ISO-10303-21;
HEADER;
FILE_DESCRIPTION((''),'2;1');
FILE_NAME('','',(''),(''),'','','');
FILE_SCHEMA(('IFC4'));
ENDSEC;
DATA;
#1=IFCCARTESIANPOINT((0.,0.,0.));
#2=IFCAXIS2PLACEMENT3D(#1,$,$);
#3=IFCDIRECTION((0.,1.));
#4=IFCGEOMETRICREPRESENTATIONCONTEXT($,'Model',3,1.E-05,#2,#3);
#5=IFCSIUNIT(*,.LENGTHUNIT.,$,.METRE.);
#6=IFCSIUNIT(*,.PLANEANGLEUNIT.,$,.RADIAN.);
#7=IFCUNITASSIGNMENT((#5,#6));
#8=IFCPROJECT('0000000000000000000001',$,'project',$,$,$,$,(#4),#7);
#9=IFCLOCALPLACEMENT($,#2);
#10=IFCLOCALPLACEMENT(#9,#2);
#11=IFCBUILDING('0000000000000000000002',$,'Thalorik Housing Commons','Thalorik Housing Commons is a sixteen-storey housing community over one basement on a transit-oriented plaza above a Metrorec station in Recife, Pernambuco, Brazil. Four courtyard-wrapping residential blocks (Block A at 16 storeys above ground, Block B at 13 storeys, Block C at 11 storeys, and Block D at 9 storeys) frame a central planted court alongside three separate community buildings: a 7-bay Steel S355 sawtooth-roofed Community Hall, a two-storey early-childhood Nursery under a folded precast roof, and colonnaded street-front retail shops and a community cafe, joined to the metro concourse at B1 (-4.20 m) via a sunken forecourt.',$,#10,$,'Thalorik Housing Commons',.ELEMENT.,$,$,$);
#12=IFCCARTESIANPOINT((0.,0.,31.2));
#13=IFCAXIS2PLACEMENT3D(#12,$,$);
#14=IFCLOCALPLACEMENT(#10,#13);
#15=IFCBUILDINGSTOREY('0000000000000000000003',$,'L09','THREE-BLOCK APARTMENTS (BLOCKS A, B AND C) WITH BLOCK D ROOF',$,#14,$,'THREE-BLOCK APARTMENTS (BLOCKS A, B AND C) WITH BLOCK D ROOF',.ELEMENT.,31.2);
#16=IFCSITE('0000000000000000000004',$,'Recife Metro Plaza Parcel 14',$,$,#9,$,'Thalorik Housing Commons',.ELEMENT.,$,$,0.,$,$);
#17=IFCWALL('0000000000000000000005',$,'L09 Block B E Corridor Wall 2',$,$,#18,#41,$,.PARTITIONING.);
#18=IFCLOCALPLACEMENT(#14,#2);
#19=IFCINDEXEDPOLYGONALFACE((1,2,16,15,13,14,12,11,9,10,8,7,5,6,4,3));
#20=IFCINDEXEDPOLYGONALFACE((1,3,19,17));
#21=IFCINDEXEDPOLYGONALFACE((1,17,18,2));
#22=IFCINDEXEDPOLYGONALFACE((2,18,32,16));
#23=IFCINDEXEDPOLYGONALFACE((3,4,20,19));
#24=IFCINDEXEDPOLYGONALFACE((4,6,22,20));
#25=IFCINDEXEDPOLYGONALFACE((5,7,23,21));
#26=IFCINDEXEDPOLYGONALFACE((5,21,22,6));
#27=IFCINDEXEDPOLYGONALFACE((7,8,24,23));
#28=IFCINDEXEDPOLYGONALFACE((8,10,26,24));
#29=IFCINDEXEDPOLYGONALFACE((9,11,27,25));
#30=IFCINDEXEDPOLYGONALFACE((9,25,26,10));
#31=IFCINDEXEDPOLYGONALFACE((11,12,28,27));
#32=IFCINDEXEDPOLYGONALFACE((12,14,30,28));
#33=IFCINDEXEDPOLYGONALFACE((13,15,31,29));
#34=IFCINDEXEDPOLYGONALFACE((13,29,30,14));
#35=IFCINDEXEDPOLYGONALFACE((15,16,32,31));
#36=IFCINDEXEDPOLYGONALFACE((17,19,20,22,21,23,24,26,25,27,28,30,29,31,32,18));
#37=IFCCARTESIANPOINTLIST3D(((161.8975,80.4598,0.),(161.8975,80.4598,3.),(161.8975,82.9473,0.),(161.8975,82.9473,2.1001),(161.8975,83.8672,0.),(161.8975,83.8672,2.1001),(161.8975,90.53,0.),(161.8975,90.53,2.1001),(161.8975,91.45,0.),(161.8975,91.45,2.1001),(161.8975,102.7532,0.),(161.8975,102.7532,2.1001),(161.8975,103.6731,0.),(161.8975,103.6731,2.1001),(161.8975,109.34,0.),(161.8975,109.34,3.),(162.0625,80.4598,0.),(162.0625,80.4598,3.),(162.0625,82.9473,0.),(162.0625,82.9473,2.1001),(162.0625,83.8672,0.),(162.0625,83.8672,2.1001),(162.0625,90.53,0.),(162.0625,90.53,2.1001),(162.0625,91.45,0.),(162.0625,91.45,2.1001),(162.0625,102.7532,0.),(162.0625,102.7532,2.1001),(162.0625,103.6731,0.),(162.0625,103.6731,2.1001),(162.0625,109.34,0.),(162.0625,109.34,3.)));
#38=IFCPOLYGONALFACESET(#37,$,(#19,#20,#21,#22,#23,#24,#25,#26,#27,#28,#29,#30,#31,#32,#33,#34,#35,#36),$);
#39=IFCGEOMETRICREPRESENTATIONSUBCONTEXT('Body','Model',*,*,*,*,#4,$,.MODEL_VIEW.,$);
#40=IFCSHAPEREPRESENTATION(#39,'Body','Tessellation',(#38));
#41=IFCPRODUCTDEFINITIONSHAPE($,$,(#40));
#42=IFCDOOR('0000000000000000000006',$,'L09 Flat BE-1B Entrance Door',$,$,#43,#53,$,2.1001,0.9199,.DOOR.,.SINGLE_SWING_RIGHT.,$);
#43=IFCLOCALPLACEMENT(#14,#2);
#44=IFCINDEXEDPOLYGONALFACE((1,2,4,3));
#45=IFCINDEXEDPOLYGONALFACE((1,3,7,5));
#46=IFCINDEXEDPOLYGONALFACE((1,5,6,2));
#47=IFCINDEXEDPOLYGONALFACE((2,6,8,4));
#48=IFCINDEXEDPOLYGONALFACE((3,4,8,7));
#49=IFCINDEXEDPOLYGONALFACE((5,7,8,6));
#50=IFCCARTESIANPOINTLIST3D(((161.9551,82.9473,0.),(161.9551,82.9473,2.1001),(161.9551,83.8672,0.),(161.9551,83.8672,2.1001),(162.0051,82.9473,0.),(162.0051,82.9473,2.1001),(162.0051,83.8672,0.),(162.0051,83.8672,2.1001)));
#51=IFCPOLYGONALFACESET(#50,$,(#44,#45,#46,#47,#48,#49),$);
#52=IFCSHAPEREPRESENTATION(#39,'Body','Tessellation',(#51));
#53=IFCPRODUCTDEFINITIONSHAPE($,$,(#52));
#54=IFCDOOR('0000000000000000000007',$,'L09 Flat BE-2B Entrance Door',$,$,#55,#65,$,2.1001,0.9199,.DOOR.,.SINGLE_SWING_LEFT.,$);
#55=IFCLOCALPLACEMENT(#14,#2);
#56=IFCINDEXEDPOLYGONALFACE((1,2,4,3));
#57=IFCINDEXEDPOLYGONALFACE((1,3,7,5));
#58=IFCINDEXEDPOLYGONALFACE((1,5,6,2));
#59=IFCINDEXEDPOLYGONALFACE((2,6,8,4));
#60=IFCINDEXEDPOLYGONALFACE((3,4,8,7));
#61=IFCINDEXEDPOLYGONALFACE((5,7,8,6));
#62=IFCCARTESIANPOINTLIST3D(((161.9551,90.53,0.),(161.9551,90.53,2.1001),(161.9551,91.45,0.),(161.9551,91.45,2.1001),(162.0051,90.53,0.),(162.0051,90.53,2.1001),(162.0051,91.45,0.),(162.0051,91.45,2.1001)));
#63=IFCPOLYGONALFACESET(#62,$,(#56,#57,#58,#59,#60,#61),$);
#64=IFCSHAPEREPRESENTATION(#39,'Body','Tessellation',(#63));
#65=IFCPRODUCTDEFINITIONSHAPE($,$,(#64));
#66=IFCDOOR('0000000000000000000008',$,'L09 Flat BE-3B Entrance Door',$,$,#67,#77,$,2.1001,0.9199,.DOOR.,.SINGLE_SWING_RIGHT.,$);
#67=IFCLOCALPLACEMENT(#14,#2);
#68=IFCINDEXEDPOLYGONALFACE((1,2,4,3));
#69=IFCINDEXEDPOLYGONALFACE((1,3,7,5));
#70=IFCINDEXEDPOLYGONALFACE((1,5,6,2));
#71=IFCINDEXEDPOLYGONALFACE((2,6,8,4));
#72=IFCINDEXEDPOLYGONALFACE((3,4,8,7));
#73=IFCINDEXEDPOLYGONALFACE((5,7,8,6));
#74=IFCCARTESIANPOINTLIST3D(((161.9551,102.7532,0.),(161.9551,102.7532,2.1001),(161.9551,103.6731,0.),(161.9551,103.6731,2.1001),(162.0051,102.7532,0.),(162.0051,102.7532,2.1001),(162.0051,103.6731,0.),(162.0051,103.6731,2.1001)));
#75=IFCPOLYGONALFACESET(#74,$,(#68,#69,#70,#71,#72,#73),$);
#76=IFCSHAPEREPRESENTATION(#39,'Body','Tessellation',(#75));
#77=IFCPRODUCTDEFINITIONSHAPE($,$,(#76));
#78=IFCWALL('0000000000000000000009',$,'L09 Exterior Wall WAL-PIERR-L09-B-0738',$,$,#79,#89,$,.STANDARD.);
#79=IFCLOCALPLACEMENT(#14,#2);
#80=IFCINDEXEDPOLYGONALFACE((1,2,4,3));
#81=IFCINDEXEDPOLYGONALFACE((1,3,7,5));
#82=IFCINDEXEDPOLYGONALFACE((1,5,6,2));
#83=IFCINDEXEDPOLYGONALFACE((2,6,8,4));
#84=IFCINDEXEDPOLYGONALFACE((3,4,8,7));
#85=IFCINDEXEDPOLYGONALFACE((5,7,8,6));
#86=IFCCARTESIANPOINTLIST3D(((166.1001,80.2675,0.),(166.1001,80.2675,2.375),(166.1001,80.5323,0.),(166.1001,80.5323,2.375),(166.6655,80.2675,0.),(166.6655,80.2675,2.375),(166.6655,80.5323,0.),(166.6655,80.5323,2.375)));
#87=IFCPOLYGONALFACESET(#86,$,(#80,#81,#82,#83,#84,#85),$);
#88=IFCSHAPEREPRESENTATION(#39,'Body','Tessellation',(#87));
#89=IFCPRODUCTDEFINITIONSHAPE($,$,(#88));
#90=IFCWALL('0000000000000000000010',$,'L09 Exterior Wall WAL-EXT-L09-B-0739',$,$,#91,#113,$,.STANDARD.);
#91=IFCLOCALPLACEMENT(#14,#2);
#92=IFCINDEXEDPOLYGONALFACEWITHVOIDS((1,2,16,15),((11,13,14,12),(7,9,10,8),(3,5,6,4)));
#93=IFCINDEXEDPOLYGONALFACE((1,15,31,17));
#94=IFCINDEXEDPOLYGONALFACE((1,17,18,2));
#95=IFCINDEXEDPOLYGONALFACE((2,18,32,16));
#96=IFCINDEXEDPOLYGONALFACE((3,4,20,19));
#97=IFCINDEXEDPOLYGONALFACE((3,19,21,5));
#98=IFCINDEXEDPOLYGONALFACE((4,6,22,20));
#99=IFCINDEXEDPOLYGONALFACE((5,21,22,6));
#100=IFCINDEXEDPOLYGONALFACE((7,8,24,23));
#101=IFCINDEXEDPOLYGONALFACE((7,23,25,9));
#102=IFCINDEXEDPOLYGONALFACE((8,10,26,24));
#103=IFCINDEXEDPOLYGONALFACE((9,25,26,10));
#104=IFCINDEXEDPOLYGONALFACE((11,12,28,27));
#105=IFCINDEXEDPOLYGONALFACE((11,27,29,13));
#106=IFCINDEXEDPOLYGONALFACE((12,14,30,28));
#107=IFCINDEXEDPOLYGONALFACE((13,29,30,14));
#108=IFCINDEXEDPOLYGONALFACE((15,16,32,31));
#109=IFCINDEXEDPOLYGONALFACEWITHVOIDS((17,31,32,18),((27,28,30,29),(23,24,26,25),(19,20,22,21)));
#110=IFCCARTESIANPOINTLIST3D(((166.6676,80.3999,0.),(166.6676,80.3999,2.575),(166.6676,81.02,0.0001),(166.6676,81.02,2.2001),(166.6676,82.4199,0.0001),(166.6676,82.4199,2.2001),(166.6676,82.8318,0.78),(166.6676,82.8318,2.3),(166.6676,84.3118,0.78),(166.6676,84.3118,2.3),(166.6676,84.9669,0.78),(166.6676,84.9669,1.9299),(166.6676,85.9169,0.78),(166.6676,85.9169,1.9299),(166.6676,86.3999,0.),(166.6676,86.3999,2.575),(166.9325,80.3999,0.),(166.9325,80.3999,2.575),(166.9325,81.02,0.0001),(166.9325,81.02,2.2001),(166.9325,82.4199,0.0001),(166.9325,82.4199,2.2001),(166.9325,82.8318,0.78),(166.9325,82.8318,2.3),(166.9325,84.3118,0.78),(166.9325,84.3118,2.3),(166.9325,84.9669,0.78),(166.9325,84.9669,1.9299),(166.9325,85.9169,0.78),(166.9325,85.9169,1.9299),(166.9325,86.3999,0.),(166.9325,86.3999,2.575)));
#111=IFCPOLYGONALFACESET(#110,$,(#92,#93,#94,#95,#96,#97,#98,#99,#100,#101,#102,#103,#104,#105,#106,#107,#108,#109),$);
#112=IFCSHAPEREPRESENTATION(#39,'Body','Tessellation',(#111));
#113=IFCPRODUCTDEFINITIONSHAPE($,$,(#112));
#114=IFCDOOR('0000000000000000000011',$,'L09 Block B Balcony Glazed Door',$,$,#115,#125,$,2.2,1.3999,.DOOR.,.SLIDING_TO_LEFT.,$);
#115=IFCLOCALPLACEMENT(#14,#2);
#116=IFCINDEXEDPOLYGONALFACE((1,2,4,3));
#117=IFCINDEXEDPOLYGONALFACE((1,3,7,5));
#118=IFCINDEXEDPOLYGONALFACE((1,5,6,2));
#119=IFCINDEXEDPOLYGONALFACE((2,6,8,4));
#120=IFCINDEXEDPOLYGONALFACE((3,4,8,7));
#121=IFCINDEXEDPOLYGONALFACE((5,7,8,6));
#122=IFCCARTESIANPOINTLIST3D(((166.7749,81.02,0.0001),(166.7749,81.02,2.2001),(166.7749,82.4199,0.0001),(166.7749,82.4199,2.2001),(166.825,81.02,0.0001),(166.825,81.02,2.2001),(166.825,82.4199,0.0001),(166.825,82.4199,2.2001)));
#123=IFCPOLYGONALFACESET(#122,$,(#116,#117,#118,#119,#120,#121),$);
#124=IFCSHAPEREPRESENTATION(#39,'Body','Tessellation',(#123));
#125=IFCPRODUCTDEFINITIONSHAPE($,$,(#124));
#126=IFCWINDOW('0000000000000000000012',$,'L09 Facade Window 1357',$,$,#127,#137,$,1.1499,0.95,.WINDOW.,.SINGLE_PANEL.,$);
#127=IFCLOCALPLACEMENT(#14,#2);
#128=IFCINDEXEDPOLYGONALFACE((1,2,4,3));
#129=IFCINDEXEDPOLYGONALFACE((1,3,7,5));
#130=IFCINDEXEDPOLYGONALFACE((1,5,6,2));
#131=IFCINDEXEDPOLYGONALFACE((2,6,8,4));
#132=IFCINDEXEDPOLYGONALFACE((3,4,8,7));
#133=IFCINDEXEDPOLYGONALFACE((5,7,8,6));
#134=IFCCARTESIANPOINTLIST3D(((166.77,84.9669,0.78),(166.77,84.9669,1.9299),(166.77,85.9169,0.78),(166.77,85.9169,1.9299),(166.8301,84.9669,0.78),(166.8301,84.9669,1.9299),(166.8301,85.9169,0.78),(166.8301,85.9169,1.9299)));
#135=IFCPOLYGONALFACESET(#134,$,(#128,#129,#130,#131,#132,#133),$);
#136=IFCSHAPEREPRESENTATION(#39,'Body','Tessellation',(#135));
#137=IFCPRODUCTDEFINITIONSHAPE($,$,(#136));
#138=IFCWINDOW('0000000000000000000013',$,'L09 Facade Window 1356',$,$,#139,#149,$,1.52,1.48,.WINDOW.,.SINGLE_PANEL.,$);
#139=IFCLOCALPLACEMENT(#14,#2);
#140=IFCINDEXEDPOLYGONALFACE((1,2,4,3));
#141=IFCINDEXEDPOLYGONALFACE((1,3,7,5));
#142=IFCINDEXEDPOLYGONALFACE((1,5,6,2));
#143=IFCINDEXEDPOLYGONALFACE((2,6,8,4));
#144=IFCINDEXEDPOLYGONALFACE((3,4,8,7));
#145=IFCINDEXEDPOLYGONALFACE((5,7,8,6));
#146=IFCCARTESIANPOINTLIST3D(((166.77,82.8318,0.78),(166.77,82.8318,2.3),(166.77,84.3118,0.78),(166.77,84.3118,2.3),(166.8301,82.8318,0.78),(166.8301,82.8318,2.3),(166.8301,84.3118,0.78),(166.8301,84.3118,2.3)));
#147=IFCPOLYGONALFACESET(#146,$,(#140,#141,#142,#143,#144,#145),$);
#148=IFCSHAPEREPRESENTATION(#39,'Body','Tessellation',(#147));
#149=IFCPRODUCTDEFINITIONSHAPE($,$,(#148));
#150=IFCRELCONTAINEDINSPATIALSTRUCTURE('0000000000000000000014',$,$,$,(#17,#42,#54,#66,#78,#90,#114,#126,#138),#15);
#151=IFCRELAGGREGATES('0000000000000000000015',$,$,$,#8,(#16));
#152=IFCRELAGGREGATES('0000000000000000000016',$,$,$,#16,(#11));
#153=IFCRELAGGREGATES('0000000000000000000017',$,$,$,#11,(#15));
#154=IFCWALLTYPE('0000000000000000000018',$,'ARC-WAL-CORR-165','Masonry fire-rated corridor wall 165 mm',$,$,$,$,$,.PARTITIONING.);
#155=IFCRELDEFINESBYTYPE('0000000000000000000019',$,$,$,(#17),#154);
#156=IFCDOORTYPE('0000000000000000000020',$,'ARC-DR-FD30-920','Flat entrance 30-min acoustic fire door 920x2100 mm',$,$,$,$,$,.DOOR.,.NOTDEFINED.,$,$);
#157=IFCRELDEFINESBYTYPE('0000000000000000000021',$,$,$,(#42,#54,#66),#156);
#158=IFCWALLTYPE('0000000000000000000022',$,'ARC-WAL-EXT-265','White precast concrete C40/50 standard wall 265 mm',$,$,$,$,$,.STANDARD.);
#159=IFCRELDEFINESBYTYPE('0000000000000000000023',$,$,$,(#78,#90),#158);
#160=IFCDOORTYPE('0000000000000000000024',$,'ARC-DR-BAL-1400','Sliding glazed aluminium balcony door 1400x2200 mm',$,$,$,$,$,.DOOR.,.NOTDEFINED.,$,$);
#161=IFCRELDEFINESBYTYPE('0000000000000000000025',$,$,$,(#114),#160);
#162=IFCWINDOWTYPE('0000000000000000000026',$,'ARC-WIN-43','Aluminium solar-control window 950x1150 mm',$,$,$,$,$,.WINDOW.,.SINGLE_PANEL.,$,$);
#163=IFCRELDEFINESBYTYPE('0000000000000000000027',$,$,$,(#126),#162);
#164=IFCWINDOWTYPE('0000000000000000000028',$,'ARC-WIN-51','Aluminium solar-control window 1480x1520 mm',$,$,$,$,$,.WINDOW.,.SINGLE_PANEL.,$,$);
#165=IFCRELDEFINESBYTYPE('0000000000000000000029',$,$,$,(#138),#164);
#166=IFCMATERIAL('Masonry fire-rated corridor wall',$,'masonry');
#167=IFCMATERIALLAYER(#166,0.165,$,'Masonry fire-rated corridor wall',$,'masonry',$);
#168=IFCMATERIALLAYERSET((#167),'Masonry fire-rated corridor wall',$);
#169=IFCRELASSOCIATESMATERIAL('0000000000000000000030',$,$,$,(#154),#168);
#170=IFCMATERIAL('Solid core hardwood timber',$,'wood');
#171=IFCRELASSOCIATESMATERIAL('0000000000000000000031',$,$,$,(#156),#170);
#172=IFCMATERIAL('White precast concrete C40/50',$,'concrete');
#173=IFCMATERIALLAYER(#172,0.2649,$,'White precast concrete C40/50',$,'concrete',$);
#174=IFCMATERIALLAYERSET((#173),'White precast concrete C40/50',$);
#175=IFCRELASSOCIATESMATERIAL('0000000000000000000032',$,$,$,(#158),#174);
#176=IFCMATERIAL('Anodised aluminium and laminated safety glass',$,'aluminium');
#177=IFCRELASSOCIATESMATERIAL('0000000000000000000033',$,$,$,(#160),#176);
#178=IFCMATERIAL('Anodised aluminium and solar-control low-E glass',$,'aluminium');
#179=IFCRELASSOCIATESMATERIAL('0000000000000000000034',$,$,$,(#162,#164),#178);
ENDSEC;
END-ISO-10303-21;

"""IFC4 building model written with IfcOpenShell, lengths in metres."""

from ifc_helpers import new_model, si_unit, direction, frame, frame_2d, origin, place, context, subcontext, project, spatial, rectangle, extrude, material, layer, layer_set, type_object, element, fill, save


model = new_model("IFC4")

# Units and contexts
model_context = context("Model", 3, precision=1e-05, world=origin(), true_north=direction((0.0, 1.0)))
body_context = subcontext(model_context, "Body", "Model", "MODEL_VIEW")
ifc_project = project(units=[si_unit("LENGTHUNIT", "METRE"), si_unit("PLANEANGLEUNIT", "RADIAN")], contexts=[model_context])

# Site, building, storey
site_placement = place(None, origin())
site = spatial("IfcSite", under=ifc_project, at=site_placement, Name="Recife Metro Plaza Parcel 14", LongName="Thalorik Housing Commons", CompositionType="ELEMENT", RefElevation=0.0)
building_placement = place(site_placement, origin())
building = spatial("IfcBuilding", under=site, at=building_placement, Name="Thalorik Housing Commons", Description="Thalorik Housing Commons is a sixteen-storey housing community over one basement on a transit-oriented plaza above a Metrorec station in Recife, Pernambuco, Brazil. Four courtyard-wrapping residential blocks (Block A at 16 storeys above ground, Block B at 13 storeys, Block C at 11 storeys, and Block D at 9 storeys) frame a central planted court alongside three separate community buildings: a 7-bay Steel S355 sawtooth-roofed Community Hall, a two-storey early-childhood Nursery under a folded precast roof, and colonnaded street-front retail shops and a community cafe, joined to the metro concourse at B1 (-4.20 m) via a sunken forecourt.", LongName="Thalorik Housing Commons", CompositionType="ELEMENT")
storey_placement = place(building_placement, frame((0.0, 0.0, 31.2)))
storey = spatial("IfcBuildingStorey", under=building, at=storey_placement, Name="L09", Description="THREE-BLOCK APARTMENTS (BLOCKS A, B AND C) WITH BLOCK D ROOF", LongName="THREE-BLOCK APARTMENTS (BLOCKS A, B AND C) WITH BLOCK D ROOF", CompositionType="ELEMENT", Elevation=31.2)

# Shared definitions
ifc_material_1 = material(Name="Anodised aluminium and solar-control low-E glass", Category="aluminium")

# Wall, openings, doors
ifc_material_2 = material(Name="Masonry fire-rated corridor wall", Category="masonry")
ifc_layer_1 = layer(ifc_material_2, 0.165, Name="Masonry fire-rated corridor wall", Category="masonry")
ifc_layer_set_1 = layer_set([ifc_layer_1], Name="Masonry fire-rated corridor wall")
wall_type_1 = type_object("IfcWallType", Name="ARC-WAL-CORR-165", Description="Masonry fire-rated corridor wall 165 mm", PredefinedType="PARTITIONING", material=ifc_layer_set_1)
wall_1_placement = place(storey_placement, frame((161.98, 80.46, 0.0), z_axis=(0.0, 0.0, 1.0), x_axis=(0.0, 1.0, 0.0)))
wall_1 = element("IfcWall", 1, at=wall_1_placement, inside=storey, type_object=wall_type_1, Name="L09 Block B E Corridor Wall 2", PredefinedType="PARTITIONING", context=body_context, shape_type="SweptSolid", body=[
    extrude(rectangle(XDim=28.8801, YDim=0.165, at=frame_2d((14.4399, 0.0))), origin(), (0.0, 0.0, 1.0), 3.0),
])
opening_1_placement = place(wall_1_placement, frame((2.4873, 0.0, 0.0)))
opening_1 = element("IfcOpeningElement", 2, at=opening_1_placement, cuts=wall_1, PredefinedType="OPENING", context=body_context, shape_type="SweptSolid", body=[
    extrude(rectangle(XDim=0.9199, YDim=2.1001, at=frame_2d((0.46, 1.05))), frame((0.0, 0.0925, 0.0), z_axis=(0.0, -1.0, 0.0), x_axis=(1.0, 0.0, 0.0)), (0.0, 0.0, 1.0), 0.1851),
])
opening_2_placement = place(wall_1_placement, frame((10.0701, 0.0, 0.0)))
opening_2 = element("IfcOpeningElement", 3, at=opening_2_placement, cuts=wall_1, PredefinedType="OPENING", context=body_context, shape_type="SweptSolid", body=[
    extrude(rectangle(XDim=0.9199, YDim=2.1001, at=frame_2d((0.46, 1.05))), frame((0.0, 0.0925, 0.0), z_axis=(0.0, -1.0, 0.0), x_axis=(1.0, 0.0, 0.0)), (0.0, 0.0, 1.0), 0.1851),
])
opening_3_placement = place(wall_1_placement, frame((22.2932, 0.0, 0.0)))
opening_3 = element("IfcOpeningElement", 4, at=opening_3_placement, cuts=wall_1, PredefinedType="OPENING", context=body_context, shape_type="SweptSolid", body=[
    extrude(rectangle(XDim=0.9199, YDim=2.1001, at=frame_2d((0.46, 1.05))), frame((0.0, 0.0925, 0.0), z_axis=(0.0, -1.0, 0.0), x_axis=(1.0, 0.0, 0.0)), (0.0, 0.0, 1.0), 0.1851),
])
ifc_material_3 = material(Name="Solid core hardwood timber", Category="wood")
door_type_1 = type_object("IfcDoorType", Name="ARC-DR-FD30-920", Description="Flat entrance 30-min acoustic fire door 920x2100 mm", OperationType="NOTDEFINED", PredefinedType="DOOR", material=ifc_material_3)
door_1_placement = place(opening_1_placement, origin())
door_1 = element("IfcDoor", 5, at=door_1_placement, inside=storey, type_object=door_type_1, Name="L09 Flat BE-1B Entrance Door", OperationType="SINGLE_SWING_RIGHT", OverallHeight=2.1001, OverallWidth=0.9199, PredefinedType="DOOR", context=body_context, shape_type="SweptSolid", body=[
    extrude(rectangle(XDim=0.9199, YDim=2.1001, at=frame_2d((0.46, 1.05))), frame((0.0, 0.0249, 0.0), z_axis=(0.0, -1.0, 0.0), x_axis=(1.0, 0.0, 0.0)), (0.0, 0.0, 1.0), 0.05),
])
fill(opening_1, door_1)
door_2_placement = place(opening_2_placement, origin())
door_2 = element("IfcDoor", 6, at=door_2_placement, inside=storey, type_object=door_type_1, Name="L09 Flat BE-2B Entrance Door", OperationType="SINGLE_SWING_LEFT", OverallHeight=2.1001, OverallWidth=0.9199, PredefinedType="DOOR", context=body_context, shape_type="SweptSolid", body=[
    extrude(rectangle(XDim=0.9199, YDim=2.1001, at=frame_2d((0.46, 1.05))), frame((0.0, 0.0249, 0.0), z_axis=(0.0, -1.0, 0.0), x_axis=(1.0, 0.0, 0.0)), (0.0, 0.0, 1.0), 0.05),
])
fill(opening_2, door_2)
door_3_placement = place(opening_3_placement, origin())
door_3 = element("IfcDoor", 7, at=door_3_placement, inside=storey, type_object=door_type_1, Name="L09 Flat BE-3B Entrance Door", OperationType="SINGLE_SWING_RIGHT", OverallHeight=2.1001, OverallWidth=0.9199, PredefinedType="DOOR", context=body_context, shape_type="SweptSolid", body=[
    extrude(rectangle(XDim=0.9199, YDim=2.1001, at=frame_2d((0.46, 1.05))), frame((0.0, 0.0249, 0.0), z_axis=(0.0, -1.0, 0.0), x_axis=(1.0, 0.0, 0.0)), (0.0, 0.0, 1.0), 0.05),
])
fill(opening_3, door_3)

# Wall
ifc_material_4 = material(Name="White precast concrete C40/50", Category="concrete")
ifc_layer_2 = layer(ifc_material_4, 0.2649, Name="White precast concrete C40/50", Category="concrete")
ifc_layer_set_2 = layer_set([ifc_layer_2], Name="White precast concrete C40/50")
wall_type_2 = type_object("IfcWallType", Name="ARC-WAL-EXT-265", Description="White precast concrete C40/50 standard wall 265 mm", PredefinedType="STANDARD", material=ifc_layer_set_2)
wall_2_placement = place(storey_placement, frame((166.1001, 80.3999, 0.0), z_axis=(0.0, 0.0, 1.0), x_axis=(1.0, 0.0, 0.0)))
element("IfcWall", 8, at=wall_2_placement, inside=storey, type_object=wall_type_2, Name="L09 Exterior Wall WAL-PIERR-L09-B-0738", PredefinedType="STANDARD", context=body_context, shape_type="SweptSolid", body=[
    extrude(rectangle(XDim=0.5654, YDim=0.2649, at=frame_2d((0.2827, 0.0))), origin(), (0.0, 0.0, 1.0), 2.375),
])

# Wall, openings, door, windows
wall_3_placement = place(storey_placement, frame((166.8, 80.3999, 0.0), z_axis=(0.0, 0.0, 1.0), x_axis=(0.0, 1.0, 0.0)))
wall_3 = element("IfcWall", 9, at=wall_3_placement, inside=storey, type_object=wall_type_2, Name="L09 Exterior Wall WAL-EXT-L09-B-0739", PredefinedType="STANDARD", context=body_context, shape_type="SweptSolid", body=[
    extrude(rectangle(XDim=6.0, YDim=0.2649, at=frame_2d((3.0, 0.0))), origin(), (0.0, 0.0, 1.0), 2.575),
])
opening_4_placement = place(wall_3_placement, frame((0.6201, 0.0, 0.0)))
opening_4 = element("IfcOpeningElement", 10, at=opening_4_placement, cuts=wall_3, PredefinedType="OPENING", context=body_context, shape_type="SweptSolid", body=[
    extrude(rectangle(XDim=1.3999, YDim=2.2, at=frame_2d((0.7, 1.1001))), frame((0.0, 0.1426, 0.0), z_axis=(0.0, -1.0, 0.0), x_axis=(1.0, 0.0, 0.0)), (0.0, 0.0, 1.0), 0.2849),
])
opening_5_placement = place(wall_3_placement, frame((2.4319, 0.0, 0.78)))
opening_5 = element("IfcOpeningElement", 11, at=opening_5_placement, cuts=wall_3, PredefinedType="OPENING", context=body_context, shape_type="SweptSolid", body=[
    extrude(rectangle(XDim=1.48, YDim=1.52, at=frame_2d((0.74, 0.76))), frame((0.0, 0.1426, 0.0), z_axis=(0.0, -1.0, 0.0), x_axis=(1.0, 0.0, 0.0)), (0.0, 0.0, 1.0), 0.2849),
])
opening_6_placement = place(wall_3_placement, frame((4.5669, 0.0, 0.78)))
opening_6 = element("IfcOpeningElement", 12, at=opening_6_placement, cuts=wall_3, PredefinedType="OPENING", context=body_context, shape_type="SweptSolid", body=[
    extrude(rectangle(XDim=0.95, YDim=1.1499, at=frame_2d((0.4751, 0.575))), frame((0.0, 0.1426, 0.0), z_axis=(0.0, -1.0, 0.0), x_axis=(1.0, 0.0, 0.0)), (0.0, 0.0, 1.0), 0.2849),
])
ifc_material_5 = material(Name="Anodised aluminium and laminated safety glass", Category="aluminium")
door_type_2 = type_object("IfcDoorType", Name="ARC-DR-BAL-1400", Description="Sliding glazed aluminium balcony door 1400x2200 mm", OperationType="NOTDEFINED", PredefinedType="DOOR", material=ifc_material_5)
door_4_placement = place(opening_4_placement, frame((1.3999, 0.0, 0.0), z_axis=(0.0, 0.0, 1.0), x_axis=(-1.0, 0.0, 0.0)))
door_4 = element("IfcDoor", 13, at=door_4_placement, inside=storey, type_object=door_type_2, Name="L09 Block B Balcony Glazed Door", OperationType="SLIDING_TO_LEFT", OverallHeight=2.2, OverallWidth=1.3999, PredefinedType="DOOR", context=body_context, shape_type="SweptSolid", body=[
    extrude(rectangle(XDim=1.3999, YDim=2.2, at=frame_2d((0.7, 1.1001))), frame((0.0, 0.0249, 0.0), z_axis=(0.0, -1.0, 0.0), x_axis=(1.0, 0.0, 0.0)), (0.0, 0.0, 1.0), 0.05),
])
fill(opening_4, door_4)
window_type_1 = type_object("IfcWindowType", Name="ARC-WIN-43", Description="Aluminium solar-control window 950x1150 mm", PartitioningType="SINGLE_PANEL", PredefinedType="WINDOW", material=ifc_material_1)
window_1_placement = place(opening_6_placement, origin())
window_1 = element("IfcWindow", 14, at=window_1_placement, inside=storey, type_object=window_type_1, Name="L09 Facade Window 1357", OverallHeight=1.1499, OverallWidth=0.95, PartitioningType="SINGLE_PANEL", PredefinedType="WINDOW", context=body_context, shape_type="SweptSolid", body=[
    extrude(rectangle(XDim=0.95, YDim=1.1499, at=frame_2d((0.4751, 0.575))), frame((0.0, 0.03, 0.0), z_axis=(0.0, -1.0, 0.0), x_axis=(1.0, 0.0, 0.0)), (0.0, 0.0, 1.0), 0.0601),
])
fill(opening_6, window_1)
window_type_2 = type_object("IfcWindowType", Name="ARC-WIN-51", Description="Aluminium solar-control window 1480x1520 mm", PartitioningType="SINGLE_PANEL", PredefinedType="WINDOW", material=ifc_material_1)
window_2_placement = place(opening_5_placement, origin())
window_2 = element("IfcWindow", 15, at=window_2_placement, inside=storey, type_object=window_type_2, Name="L09 Facade Window 1356", OverallHeight=1.52, OverallWidth=1.48, PartitioningType="SINGLE_PANEL", PredefinedType="WINDOW", context=body_context, shape_type="SweptSolid", body=[
    extrude(rectangle(XDim=1.48, YDim=1.52, at=frame_2d((0.74, 0.76))), frame((0.0, 0.03, 0.0), z_axis=(0.0, -1.0, 0.0), x_axis=(1.0, 0.0, 0.0)), (0.0, 0.0, 1.0), 0.0601),
])
fill(opening_5, window_2)

save(model, "model.ifc")
